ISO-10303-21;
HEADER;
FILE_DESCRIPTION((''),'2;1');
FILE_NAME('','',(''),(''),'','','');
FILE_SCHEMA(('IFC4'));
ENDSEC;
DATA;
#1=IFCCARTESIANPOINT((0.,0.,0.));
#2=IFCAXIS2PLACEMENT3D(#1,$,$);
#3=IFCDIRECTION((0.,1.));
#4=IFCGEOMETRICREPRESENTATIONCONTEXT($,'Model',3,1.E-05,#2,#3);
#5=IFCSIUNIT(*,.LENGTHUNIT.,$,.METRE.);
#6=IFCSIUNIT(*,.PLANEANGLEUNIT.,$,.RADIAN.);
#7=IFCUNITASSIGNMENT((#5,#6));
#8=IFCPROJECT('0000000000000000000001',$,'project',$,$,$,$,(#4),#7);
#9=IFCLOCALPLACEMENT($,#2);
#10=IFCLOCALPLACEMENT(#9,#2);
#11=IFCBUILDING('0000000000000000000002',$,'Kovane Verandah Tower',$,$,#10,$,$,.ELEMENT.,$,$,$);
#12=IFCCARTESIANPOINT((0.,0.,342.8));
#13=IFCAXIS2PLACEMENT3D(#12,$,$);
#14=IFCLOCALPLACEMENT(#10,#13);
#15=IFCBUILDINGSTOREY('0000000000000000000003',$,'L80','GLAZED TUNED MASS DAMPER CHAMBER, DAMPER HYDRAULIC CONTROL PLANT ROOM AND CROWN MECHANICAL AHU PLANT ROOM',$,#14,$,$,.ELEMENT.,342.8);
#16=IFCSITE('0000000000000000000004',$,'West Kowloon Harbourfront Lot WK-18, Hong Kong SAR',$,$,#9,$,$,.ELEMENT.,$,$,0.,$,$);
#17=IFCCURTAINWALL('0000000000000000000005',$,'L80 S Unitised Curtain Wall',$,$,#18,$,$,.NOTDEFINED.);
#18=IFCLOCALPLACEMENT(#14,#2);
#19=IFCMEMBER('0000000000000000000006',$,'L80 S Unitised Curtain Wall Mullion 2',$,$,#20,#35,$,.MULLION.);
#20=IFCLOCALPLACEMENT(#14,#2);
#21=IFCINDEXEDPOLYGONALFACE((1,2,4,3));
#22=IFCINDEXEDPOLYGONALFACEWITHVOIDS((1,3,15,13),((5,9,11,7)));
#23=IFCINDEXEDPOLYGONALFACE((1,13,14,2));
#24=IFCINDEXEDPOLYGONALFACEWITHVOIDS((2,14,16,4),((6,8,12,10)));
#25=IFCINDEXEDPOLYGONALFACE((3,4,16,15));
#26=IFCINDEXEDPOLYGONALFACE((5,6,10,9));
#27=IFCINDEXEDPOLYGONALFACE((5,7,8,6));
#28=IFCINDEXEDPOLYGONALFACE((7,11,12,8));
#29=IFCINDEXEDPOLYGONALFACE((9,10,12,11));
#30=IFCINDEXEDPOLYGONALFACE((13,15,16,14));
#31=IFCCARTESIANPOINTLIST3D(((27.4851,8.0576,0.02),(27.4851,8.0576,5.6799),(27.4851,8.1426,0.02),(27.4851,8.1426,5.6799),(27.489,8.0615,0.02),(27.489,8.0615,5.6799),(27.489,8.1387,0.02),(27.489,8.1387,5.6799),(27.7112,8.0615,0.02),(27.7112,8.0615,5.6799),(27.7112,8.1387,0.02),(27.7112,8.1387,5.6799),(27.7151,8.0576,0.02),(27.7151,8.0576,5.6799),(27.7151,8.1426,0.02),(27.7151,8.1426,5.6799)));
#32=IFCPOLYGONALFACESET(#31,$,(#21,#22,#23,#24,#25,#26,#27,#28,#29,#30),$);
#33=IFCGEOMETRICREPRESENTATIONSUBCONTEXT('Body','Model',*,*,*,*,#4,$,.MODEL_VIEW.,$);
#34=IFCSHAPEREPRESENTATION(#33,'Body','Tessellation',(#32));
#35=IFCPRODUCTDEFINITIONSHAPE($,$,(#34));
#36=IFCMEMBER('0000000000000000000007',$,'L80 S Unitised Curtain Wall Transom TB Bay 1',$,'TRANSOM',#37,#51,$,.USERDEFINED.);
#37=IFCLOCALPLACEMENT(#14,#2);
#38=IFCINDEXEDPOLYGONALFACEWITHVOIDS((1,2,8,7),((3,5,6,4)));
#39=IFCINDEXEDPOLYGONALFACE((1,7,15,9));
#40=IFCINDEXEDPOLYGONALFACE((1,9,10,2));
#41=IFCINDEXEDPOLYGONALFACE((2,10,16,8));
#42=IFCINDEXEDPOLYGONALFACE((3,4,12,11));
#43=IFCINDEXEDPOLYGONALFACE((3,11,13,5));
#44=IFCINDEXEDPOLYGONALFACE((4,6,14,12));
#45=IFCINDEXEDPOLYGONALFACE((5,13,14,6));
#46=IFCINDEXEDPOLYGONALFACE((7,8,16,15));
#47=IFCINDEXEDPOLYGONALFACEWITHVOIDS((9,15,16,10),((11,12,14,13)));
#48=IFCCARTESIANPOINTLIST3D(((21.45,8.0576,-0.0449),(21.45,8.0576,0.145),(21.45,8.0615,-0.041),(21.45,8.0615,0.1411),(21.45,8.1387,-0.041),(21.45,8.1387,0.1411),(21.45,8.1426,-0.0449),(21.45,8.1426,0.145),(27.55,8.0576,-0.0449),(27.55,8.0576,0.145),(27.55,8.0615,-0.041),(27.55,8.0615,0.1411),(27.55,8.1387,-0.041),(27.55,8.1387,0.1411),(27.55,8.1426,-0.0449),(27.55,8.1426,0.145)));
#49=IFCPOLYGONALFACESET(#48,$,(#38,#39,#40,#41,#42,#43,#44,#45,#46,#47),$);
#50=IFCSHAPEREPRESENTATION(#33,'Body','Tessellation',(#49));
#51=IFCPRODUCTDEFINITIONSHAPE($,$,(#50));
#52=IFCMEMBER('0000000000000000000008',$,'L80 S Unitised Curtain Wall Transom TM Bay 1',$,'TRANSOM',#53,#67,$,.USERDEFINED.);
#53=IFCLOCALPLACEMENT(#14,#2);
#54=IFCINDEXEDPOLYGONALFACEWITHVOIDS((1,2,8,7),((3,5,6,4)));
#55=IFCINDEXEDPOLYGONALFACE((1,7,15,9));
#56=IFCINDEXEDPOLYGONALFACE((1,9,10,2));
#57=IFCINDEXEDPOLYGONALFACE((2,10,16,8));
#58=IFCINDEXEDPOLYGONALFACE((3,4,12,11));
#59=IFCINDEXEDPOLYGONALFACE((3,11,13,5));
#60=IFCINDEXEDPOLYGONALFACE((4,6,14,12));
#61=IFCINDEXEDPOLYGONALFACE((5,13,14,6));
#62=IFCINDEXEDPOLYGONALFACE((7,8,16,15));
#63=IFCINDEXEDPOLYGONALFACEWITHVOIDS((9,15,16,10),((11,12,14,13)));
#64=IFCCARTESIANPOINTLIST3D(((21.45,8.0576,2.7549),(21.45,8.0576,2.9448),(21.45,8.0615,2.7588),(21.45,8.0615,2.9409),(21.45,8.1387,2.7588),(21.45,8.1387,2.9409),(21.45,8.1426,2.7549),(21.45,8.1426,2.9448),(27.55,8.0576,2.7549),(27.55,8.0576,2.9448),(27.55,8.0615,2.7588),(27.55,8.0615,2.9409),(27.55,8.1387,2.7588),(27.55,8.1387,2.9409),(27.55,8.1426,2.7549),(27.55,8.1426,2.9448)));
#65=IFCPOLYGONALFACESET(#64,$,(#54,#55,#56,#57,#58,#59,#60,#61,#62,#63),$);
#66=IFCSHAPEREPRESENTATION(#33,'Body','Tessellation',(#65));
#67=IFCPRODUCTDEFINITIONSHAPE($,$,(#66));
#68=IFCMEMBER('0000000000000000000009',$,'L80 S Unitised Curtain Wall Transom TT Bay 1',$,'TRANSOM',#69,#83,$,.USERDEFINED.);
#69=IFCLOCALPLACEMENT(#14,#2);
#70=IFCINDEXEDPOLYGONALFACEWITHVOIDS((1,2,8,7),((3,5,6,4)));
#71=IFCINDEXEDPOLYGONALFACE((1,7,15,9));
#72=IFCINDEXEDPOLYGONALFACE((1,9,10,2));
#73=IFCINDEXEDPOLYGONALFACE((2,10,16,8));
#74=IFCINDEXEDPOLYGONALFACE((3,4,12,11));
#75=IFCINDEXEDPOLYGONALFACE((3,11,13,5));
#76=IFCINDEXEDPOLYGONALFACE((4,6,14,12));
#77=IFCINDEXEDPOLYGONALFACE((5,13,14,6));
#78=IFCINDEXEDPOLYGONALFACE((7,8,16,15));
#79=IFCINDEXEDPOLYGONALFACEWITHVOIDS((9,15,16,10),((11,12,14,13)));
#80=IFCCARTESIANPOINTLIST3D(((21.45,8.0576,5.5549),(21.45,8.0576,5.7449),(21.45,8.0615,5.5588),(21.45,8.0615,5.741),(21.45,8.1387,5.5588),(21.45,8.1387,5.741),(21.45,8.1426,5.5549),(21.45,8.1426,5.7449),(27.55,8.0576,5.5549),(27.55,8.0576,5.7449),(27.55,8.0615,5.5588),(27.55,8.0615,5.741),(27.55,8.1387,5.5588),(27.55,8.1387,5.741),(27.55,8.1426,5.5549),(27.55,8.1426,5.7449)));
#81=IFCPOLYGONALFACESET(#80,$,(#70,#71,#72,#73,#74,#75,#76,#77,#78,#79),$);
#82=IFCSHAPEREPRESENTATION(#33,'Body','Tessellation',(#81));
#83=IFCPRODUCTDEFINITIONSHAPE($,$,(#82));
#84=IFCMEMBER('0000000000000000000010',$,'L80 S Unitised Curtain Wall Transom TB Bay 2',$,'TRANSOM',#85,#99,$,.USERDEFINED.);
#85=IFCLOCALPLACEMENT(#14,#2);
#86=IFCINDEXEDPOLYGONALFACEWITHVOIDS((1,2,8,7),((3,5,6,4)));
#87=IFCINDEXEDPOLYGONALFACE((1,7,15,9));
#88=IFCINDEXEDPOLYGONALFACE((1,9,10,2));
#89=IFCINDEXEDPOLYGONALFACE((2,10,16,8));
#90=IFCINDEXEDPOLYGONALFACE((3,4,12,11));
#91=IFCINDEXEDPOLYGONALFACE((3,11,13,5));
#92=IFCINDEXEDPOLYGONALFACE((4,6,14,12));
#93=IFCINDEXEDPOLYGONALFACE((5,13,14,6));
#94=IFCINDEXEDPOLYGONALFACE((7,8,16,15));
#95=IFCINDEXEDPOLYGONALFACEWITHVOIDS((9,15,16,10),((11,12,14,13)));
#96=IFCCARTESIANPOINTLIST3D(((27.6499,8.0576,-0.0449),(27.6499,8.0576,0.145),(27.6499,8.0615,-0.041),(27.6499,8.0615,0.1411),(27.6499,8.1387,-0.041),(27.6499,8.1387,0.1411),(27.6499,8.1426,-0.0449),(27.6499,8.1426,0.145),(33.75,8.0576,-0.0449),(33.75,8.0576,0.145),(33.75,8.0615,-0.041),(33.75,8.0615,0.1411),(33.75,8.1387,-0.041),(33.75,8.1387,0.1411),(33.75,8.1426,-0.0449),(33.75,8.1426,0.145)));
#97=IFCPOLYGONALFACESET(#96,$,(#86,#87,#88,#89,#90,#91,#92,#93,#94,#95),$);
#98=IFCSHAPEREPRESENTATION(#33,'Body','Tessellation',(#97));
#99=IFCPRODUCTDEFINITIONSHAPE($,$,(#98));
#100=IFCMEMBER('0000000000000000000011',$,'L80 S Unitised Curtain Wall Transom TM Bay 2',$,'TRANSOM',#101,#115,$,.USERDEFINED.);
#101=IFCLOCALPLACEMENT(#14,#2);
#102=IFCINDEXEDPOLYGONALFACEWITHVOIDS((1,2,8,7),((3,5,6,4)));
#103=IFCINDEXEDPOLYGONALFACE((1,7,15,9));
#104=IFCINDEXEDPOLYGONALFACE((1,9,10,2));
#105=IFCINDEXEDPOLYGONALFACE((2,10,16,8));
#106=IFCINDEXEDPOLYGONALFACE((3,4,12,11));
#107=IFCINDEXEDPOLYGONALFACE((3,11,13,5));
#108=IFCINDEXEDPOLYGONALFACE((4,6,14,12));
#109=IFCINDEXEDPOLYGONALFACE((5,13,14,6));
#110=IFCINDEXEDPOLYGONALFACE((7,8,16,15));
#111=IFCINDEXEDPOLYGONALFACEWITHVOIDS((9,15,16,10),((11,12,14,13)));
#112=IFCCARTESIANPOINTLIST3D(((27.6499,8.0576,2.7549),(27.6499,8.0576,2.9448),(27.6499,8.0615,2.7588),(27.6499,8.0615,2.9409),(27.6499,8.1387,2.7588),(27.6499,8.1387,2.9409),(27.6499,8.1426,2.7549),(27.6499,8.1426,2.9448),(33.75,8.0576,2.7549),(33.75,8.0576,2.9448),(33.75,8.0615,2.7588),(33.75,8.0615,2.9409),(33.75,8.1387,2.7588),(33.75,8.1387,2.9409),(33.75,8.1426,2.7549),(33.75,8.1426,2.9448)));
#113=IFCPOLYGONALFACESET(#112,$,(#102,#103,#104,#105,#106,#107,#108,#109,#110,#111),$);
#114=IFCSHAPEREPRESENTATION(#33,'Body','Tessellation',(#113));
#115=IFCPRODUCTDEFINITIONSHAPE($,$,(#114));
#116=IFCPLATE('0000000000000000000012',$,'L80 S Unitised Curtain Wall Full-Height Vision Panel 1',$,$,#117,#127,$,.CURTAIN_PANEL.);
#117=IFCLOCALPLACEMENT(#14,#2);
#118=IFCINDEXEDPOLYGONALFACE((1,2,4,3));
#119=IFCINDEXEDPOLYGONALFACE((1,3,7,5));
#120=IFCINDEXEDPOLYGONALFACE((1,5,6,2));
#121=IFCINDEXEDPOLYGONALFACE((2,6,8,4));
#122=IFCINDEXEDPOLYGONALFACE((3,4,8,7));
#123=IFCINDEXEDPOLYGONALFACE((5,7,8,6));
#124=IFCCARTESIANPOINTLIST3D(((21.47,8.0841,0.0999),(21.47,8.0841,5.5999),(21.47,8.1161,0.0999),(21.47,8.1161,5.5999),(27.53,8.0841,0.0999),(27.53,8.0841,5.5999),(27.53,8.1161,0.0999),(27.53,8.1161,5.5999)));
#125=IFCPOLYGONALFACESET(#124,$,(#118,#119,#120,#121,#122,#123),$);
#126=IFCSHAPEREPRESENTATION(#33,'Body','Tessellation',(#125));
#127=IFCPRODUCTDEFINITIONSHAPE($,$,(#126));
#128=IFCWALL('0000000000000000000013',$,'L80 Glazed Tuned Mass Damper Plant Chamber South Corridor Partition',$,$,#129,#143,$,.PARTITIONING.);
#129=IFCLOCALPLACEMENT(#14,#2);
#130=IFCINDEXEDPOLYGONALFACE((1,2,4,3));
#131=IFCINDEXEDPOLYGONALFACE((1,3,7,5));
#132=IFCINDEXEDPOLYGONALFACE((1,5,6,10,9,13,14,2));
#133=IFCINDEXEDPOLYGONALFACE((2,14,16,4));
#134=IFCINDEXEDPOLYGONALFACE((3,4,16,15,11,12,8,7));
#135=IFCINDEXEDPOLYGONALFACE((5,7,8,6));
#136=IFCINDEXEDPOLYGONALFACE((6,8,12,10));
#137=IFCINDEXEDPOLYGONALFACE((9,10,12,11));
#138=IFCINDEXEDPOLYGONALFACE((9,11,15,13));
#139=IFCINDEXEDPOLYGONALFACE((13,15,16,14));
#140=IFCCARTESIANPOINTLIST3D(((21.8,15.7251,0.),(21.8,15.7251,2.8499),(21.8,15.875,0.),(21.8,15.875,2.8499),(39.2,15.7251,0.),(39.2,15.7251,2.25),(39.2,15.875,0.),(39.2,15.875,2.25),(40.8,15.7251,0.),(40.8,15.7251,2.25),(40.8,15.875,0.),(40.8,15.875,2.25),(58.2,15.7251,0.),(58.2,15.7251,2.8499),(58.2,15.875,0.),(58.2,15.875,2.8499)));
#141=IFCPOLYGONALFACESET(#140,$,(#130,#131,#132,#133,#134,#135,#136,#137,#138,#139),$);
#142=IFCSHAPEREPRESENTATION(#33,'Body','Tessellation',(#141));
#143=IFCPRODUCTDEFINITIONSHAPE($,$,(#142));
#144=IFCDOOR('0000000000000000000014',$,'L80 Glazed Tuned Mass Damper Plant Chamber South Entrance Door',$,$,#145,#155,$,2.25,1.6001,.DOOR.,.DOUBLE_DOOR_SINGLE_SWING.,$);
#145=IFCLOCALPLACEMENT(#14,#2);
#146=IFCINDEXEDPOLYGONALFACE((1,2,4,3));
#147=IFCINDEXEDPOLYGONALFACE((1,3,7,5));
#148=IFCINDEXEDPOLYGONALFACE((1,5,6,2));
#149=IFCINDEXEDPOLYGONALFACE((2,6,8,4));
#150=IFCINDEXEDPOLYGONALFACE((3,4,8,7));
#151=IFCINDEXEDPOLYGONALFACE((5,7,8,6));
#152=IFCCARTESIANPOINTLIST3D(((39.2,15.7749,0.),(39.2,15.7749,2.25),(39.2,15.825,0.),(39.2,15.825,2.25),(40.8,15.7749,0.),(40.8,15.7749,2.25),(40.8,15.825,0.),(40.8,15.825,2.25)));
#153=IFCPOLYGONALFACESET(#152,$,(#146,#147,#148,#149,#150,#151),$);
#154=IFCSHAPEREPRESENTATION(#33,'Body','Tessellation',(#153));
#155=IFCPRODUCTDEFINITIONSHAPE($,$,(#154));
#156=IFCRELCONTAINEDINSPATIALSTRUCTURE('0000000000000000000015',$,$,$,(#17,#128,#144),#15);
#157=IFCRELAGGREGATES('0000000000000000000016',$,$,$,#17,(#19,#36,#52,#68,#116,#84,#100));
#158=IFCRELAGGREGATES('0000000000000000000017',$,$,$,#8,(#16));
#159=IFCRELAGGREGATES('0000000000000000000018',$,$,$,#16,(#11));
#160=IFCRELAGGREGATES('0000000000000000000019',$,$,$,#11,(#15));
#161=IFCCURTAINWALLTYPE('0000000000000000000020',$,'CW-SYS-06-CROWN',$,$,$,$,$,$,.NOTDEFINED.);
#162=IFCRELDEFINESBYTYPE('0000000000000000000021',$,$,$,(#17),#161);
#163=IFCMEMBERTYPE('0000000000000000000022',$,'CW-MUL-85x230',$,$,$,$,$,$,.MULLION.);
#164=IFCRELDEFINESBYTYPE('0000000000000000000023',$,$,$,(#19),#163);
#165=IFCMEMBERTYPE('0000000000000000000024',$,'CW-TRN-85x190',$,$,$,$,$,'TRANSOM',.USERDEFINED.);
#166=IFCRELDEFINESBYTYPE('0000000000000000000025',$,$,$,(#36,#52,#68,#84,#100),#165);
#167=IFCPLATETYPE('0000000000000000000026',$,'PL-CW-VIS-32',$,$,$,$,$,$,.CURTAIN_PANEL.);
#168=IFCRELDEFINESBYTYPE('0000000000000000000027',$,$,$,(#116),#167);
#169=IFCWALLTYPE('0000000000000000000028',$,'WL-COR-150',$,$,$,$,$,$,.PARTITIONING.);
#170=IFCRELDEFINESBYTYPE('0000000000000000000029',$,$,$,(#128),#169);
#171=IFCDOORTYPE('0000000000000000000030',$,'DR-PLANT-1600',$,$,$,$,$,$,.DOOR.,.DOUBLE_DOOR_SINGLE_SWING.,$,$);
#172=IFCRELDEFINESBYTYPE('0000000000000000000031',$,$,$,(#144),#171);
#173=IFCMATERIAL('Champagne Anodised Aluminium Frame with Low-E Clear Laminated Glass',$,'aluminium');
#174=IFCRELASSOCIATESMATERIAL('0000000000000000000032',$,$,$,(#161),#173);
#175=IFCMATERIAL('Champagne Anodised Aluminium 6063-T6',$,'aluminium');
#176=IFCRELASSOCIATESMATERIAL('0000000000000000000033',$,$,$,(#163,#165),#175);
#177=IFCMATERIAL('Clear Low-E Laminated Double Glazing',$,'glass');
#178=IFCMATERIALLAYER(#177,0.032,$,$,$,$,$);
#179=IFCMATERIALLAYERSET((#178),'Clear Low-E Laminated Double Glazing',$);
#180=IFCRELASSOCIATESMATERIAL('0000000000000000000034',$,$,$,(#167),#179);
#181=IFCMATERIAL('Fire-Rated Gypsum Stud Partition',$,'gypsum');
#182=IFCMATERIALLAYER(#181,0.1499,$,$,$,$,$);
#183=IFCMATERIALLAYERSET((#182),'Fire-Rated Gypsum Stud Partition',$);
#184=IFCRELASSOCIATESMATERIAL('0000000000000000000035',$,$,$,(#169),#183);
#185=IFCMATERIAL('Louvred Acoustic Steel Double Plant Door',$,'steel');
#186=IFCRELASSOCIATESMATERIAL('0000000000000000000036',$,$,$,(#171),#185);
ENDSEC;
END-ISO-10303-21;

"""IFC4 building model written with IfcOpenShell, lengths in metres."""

from ifc_helpers import new_model, si_unit, direction, frame, frame_2d, origin, origin_2d, place, context, subcontext, project, spatial, rectangle, hollow_rectangle, extrude, material, layer, layer_set, material_profile, profile_set, type_object, element, fill, aggregate, save


model = new_model("IFC4")

# Units and contexts
model_context = context("Model", 3, precision=1e-05, world=origin(), true_north=direction((0.0, 1.0)))
body_context = subcontext(model_context, "Body", "Model", "MODEL_VIEW")
ifc_project = project(units=[si_unit("LENGTHUNIT", "METRE"), si_unit("PLANEANGLEUNIT", "RADIAN")], contexts=[model_context])

# Site, building, storey
site_placement = place(None, origin())
site = spatial("IfcSite", under=ifc_project, at=site_placement, Name="West Kowloon Harbourfront Lot WK-18, Hong Kong SAR", CompositionType="ELEMENT", RefElevation=0.0)
building_placement = place(site_placement, origin())
building = spatial("IfcBuilding", under=site, at=building_placement, Name="Kovane Verandah Tower", CompositionType="ELEMENT")
storey_placement = place(building_placement, frame((0.0, 0.0, 342.8)))
storey = spatial("IfcBuildingStorey", under=building, at=storey_placement, Name="L80", Description="GLAZED TUNED MASS DAMPER CHAMBER, DAMPER HYDRAULIC CONTROL PLANT ROOM AND CROWN MECHANICAL AHU PLANT ROOM", CompositionType="ELEMENT", Elevation=342.8)

# Curtain wall, members, plate
ifc_material_1 = material(Name="Champagne Anodised Aluminium Frame with Low-E Clear Laminated Glass", Category="aluminium")
curtain_wall_type = type_object("IfcCurtainWallType", Name="CW-SYS-06-CROWN", PredefinedType="NOTDEFINED", material=ifc_material_1)
curtain_wall_placement = place(storey_placement, origin())
curtain_wall = element("IfcCurtainWall", 1, at=curtain_wall_placement, inside=storey, type_object=curtain_wall_type, Name="L80 S Unitised Curtain Wall", PredefinedType="NOTDEFINED")
ifc_material_2 = material(Name="Champagne Anodised Aluminium 6063-T6", Category="aluminium")
ifc_material_profile_1 = material_profile(ifc_material_2, hollow_rectangle(XDim=0.085, YDim=0.23, WallThickness=0.0039, at=origin_2d()), Name="AL85x230x4")
ifc_profile_set_1 = profile_set([ifc_material_profile_1], Name="Champagne Anodised Aluminium 6063-T6")
member_type_1 = type_object("IfcMemberType", Name="CW-MUL-85x230", PredefinedType="MULLION", material=ifc_profile_set_1)
member_1_placement = place(storey_placement, frame((27.6001, 8.1001, 0.02), z_axis=(0.0, 0.0, 1.0), x_axis=(0.0, -1.0, 0.0)))
member_1 = element("IfcMember", 2, at=member_1_placement, type_object=member_type_1, Name="L80 S Unitised Curtain Wall Mullion 2", PredefinedType="MULLION", context=body_context, shape_type="SweptSolid", body=[
    extrude(hollow_rectangle(XDim=0.085, YDim=0.23, WallThickness=0.0039, at=origin_2d()), origin(), (0.0, 0.0, 1.0), 5.6599),
])
ifc_material_profile_2 = material_profile(ifc_material_2, hollow_rectangle(XDim=0.085, YDim=0.1899, WallThickness=0.0039, at=origin_2d()), Name="AL85x190x4")
ifc_profile_set_2 = profile_set([ifc_material_profile_2], Name="Champagne Anodised Aluminium 6063-T6")
member_type_2 = type_object("IfcMemberType", Name="CW-TRN-85x190", ElementType="TRANSOM", PredefinedType="USERDEFINED", material=ifc_profile_set_2)
member_2_placement = place(storey_placement, frame((21.45, 8.1001, 0.05), z_axis=(1.0, 0.0, 0.0), x_axis=(0.0, 1.0, 0.0)))
member_2 = element("IfcMember", 3, at=member_2_placement, type_object=member_type_2, Name="L80 S Unitised Curtain Wall Transom TB Bay 1", ObjectType="TRANSOM", PredefinedType="USERDEFINED", context=body_context, shape_type="SweptSolid", body=[
    extrude(hollow_rectangle(XDim=0.085, YDim=0.1899, WallThickness=0.0039, at=origin_2d()), origin(), (0.0, 0.0, 1.0), 6.1001),
])
member_3_placement = place(storey_placement, frame((21.45, 8.1001, 2.8499), z_axis=(1.0, 0.0, 0.0), x_axis=(0.0, 1.0, 0.0)))
member_3 = element("IfcMember", 4, at=member_3_placement, type_object=member_type_2, Name="L80 S Unitised Curtain Wall Transom TM Bay 1", ObjectType="TRANSOM", PredefinedType="USERDEFINED", context=body_context, shape_type="SweptSolid", body=[
    extrude(hollow_rectangle(XDim=0.085, YDim=0.1899, WallThickness=0.0039, at=origin_2d()), origin(), (0.0, 0.0, 1.0), 6.1001),
])
member_4_placement = place(storey_placement, frame((21.45, 8.1001, 5.6499), z_axis=(1.0, 0.0, 0.0), x_axis=(0.0, 1.0, 0.0)))
member_4 = element("IfcMember", 5, at=member_4_placement, type_object=member_type_2, Name="L80 S Unitised Curtain Wall Transom TT Bay 1", ObjectType="TRANSOM", PredefinedType="USERDEFINED", context=body_context, shape_type="SweptSolid", body=[
    extrude(hollow_rectangle(XDim=0.085, YDim=0.1899, WallThickness=0.0039, at=origin_2d()), origin(), (0.0, 0.0, 1.0), 6.1001),
])
member_5_placement = place(storey_placement, frame((27.6499, 8.1001, 0.05), z_axis=(1.0, 0.0, 0.0), x_axis=(0.0, 1.0, 0.0)))
member_5 = element("IfcMember", 6, at=member_5_placement, type_object=member_type_2, Name="L80 S Unitised Curtain Wall Transom TB Bay 2", ObjectType="TRANSOM", PredefinedType="USERDEFINED", context=body_context, shape_type="SweptSolid", body=[
    extrude(hollow_rectangle(XDim=0.085, YDim=0.1899, WallThickness=0.0039, at=origin_2d()), origin(), (0.0, 0.0, 1.0), 6.1001),
])
member_6_placement = place(storey_placement, frame((27.6499, 8.1001, 2.8499), z_axis=(1.0, 0.0, 0.0), x_axis=(0.0, 1.0, 0.0)))
member_6 = element("IfcMember", 7, at=member_6_placement, type_object=member_type_2, Name="L80 S Unitised Curtain Wall Transom TM Bay 2", ObjectType="TRANSOM", PredefinedType="USERDEFINED", context=body_context, shape_type="SweptSolid", body=[
    extrude(hollow_rectangle(XDim=0.085, YDim=0.1899, WallThickness=0.0039, at=origin_2d()), origin(), (0.0, 0.0, 1.0), 6.1001),
])
ifc_material_3 = material(Name="Clear Low-E Laminated Double Glazing", Category="glass")
ifc_layer_1 = layer(ifc_material_3, 0.032)
ifc_layer_set_1 = layer_set([ifc_layer_1], Name="Clear Low-E Laminated Double Glazing")
plate_type = type_object("IfcPlateType", Name="PL-CW-VIS-32", PredefinedType="CURTAIN_PANEL", material=ifc_layer_set_1)
plate_placement = place(storey_placement, frame((24.5, 8.1001, 0.0999), z_axis=(0.0, 0.0, 1.0), x_axis=(1.0, 0.0, 0.0)))
plate = element("IfcPlate", 8, at=plate_placement, type_object=plate_type, Name="L80 S Unitised Curtain Wall Full-Height Vision Panel 1", PredefinedType="CURTAIN_PANEL", context=body_context, shape_type="SweptSolid", body=[
    extrude(rectangle(XDim=6.0601, YDim=0.032, at=origin_2d()), origin(), (0.0, 0.0, 1.0), 5.5),
])
aggregate(curtain_wall, [member_1, member_2, member_3, member_4, plate, member_5, member_6])

# Wall, opening, door
ifc_material_4 = material(Name="Fire-Rated Gypsum Stud Partition", Category="gypsum")
ifc_layer_2 = layer(ifc_material_4, 0.1499)
ifc_layer_set_2 = layer_set([ifc_layer_2], Name="Fire-Rated Gypsum Stud Partition")
wall_type_1 = type_object("IfcWallType", Name="WL-COR-150", PredefinedType="PARTITIONING", material=ifc_layer_set_2)
wall_1_placement = place(storey_placement, frame((21.8, 15.8, 0.0), z_axis=(0.0, 0.0, 1.0), x_axis=(1.0, 0.0, 0.0)))
wall_1 = element("IfcWall", 9, at=wall_1_placement, inside=storey, type_object=wall_type_1, Name="L80 Glazed Tuned Mass Damper Plant Chamber South Corridor Partition", PredefinedType="PARTITIONING", context=body_context, shape_type="SweptSolid", body=[
    extrude(rectangle(XDim=36.3999, YDim=0.1499, at=frame_2d((18.2, 0.0))), origin(), (0.0, 0.0, 1.0), 2.8499),
])
opening_1_placement = place(wall_1_placement, frame((17.3999, 0.0, 0.0)))
opening_1 = element("IfcOpeningElement", 10, at=opening_1_placement, cuts=wall_1, PredefinedType="OPENING", context=body_context, shape_type="SweptSolid", body=[
    extrude(rectangle(XDim=1.6001, YDim=2.25, at=frame_2d((0.8, 1.125))), frame((0.0, 0.075, 0.0), z_axis=(0.0, -1.0, 0.0), x_axis=(1.0, 0.0, 0.0)), (0.0, 0.0, 1.0), 0.1499),
])
ifc_material_5 = material(Name="Louvred Acoustic Steel Double Plant Door", Category="steel")
door_type = type_object("IfcDoorType", Name="DR-PLANT-1600", OperationType="DOUBLE_DOOR_SINGLE_SWING", PredefinedType="DOOR", material=ifc_material_5)
door_1_placement = place(opening_1_placement, origin())
door_1 = element("IfcDoor", 11, at=door_1_placement, inside=storey, type_object=door_type, Name="L80 Glazed Tuned Mass Damper Plant Chamber South Entrance Door", OperationType="DOUBLE_DOOR_SINGLE_SWING", OverallHeight=2.25, OverallWidth=1.6001, PredefinedType="DOOR", context=body_context, shape_type="SweptSolid", body=[
    extrude(rectangle(XDim=1.6001, YDim=2.25, at=frame_2d((0.8, 1.125))), frame((0.0, 0.0249, 0.0), z_axis=(0.0, -1.0, 0.0), x_axis=(1.0, 0.0, 0.0)), (0.0, 0.0, 1.0), 0.05),
])
fill(opening_1, door_1)

save(model, "model.ifc")
